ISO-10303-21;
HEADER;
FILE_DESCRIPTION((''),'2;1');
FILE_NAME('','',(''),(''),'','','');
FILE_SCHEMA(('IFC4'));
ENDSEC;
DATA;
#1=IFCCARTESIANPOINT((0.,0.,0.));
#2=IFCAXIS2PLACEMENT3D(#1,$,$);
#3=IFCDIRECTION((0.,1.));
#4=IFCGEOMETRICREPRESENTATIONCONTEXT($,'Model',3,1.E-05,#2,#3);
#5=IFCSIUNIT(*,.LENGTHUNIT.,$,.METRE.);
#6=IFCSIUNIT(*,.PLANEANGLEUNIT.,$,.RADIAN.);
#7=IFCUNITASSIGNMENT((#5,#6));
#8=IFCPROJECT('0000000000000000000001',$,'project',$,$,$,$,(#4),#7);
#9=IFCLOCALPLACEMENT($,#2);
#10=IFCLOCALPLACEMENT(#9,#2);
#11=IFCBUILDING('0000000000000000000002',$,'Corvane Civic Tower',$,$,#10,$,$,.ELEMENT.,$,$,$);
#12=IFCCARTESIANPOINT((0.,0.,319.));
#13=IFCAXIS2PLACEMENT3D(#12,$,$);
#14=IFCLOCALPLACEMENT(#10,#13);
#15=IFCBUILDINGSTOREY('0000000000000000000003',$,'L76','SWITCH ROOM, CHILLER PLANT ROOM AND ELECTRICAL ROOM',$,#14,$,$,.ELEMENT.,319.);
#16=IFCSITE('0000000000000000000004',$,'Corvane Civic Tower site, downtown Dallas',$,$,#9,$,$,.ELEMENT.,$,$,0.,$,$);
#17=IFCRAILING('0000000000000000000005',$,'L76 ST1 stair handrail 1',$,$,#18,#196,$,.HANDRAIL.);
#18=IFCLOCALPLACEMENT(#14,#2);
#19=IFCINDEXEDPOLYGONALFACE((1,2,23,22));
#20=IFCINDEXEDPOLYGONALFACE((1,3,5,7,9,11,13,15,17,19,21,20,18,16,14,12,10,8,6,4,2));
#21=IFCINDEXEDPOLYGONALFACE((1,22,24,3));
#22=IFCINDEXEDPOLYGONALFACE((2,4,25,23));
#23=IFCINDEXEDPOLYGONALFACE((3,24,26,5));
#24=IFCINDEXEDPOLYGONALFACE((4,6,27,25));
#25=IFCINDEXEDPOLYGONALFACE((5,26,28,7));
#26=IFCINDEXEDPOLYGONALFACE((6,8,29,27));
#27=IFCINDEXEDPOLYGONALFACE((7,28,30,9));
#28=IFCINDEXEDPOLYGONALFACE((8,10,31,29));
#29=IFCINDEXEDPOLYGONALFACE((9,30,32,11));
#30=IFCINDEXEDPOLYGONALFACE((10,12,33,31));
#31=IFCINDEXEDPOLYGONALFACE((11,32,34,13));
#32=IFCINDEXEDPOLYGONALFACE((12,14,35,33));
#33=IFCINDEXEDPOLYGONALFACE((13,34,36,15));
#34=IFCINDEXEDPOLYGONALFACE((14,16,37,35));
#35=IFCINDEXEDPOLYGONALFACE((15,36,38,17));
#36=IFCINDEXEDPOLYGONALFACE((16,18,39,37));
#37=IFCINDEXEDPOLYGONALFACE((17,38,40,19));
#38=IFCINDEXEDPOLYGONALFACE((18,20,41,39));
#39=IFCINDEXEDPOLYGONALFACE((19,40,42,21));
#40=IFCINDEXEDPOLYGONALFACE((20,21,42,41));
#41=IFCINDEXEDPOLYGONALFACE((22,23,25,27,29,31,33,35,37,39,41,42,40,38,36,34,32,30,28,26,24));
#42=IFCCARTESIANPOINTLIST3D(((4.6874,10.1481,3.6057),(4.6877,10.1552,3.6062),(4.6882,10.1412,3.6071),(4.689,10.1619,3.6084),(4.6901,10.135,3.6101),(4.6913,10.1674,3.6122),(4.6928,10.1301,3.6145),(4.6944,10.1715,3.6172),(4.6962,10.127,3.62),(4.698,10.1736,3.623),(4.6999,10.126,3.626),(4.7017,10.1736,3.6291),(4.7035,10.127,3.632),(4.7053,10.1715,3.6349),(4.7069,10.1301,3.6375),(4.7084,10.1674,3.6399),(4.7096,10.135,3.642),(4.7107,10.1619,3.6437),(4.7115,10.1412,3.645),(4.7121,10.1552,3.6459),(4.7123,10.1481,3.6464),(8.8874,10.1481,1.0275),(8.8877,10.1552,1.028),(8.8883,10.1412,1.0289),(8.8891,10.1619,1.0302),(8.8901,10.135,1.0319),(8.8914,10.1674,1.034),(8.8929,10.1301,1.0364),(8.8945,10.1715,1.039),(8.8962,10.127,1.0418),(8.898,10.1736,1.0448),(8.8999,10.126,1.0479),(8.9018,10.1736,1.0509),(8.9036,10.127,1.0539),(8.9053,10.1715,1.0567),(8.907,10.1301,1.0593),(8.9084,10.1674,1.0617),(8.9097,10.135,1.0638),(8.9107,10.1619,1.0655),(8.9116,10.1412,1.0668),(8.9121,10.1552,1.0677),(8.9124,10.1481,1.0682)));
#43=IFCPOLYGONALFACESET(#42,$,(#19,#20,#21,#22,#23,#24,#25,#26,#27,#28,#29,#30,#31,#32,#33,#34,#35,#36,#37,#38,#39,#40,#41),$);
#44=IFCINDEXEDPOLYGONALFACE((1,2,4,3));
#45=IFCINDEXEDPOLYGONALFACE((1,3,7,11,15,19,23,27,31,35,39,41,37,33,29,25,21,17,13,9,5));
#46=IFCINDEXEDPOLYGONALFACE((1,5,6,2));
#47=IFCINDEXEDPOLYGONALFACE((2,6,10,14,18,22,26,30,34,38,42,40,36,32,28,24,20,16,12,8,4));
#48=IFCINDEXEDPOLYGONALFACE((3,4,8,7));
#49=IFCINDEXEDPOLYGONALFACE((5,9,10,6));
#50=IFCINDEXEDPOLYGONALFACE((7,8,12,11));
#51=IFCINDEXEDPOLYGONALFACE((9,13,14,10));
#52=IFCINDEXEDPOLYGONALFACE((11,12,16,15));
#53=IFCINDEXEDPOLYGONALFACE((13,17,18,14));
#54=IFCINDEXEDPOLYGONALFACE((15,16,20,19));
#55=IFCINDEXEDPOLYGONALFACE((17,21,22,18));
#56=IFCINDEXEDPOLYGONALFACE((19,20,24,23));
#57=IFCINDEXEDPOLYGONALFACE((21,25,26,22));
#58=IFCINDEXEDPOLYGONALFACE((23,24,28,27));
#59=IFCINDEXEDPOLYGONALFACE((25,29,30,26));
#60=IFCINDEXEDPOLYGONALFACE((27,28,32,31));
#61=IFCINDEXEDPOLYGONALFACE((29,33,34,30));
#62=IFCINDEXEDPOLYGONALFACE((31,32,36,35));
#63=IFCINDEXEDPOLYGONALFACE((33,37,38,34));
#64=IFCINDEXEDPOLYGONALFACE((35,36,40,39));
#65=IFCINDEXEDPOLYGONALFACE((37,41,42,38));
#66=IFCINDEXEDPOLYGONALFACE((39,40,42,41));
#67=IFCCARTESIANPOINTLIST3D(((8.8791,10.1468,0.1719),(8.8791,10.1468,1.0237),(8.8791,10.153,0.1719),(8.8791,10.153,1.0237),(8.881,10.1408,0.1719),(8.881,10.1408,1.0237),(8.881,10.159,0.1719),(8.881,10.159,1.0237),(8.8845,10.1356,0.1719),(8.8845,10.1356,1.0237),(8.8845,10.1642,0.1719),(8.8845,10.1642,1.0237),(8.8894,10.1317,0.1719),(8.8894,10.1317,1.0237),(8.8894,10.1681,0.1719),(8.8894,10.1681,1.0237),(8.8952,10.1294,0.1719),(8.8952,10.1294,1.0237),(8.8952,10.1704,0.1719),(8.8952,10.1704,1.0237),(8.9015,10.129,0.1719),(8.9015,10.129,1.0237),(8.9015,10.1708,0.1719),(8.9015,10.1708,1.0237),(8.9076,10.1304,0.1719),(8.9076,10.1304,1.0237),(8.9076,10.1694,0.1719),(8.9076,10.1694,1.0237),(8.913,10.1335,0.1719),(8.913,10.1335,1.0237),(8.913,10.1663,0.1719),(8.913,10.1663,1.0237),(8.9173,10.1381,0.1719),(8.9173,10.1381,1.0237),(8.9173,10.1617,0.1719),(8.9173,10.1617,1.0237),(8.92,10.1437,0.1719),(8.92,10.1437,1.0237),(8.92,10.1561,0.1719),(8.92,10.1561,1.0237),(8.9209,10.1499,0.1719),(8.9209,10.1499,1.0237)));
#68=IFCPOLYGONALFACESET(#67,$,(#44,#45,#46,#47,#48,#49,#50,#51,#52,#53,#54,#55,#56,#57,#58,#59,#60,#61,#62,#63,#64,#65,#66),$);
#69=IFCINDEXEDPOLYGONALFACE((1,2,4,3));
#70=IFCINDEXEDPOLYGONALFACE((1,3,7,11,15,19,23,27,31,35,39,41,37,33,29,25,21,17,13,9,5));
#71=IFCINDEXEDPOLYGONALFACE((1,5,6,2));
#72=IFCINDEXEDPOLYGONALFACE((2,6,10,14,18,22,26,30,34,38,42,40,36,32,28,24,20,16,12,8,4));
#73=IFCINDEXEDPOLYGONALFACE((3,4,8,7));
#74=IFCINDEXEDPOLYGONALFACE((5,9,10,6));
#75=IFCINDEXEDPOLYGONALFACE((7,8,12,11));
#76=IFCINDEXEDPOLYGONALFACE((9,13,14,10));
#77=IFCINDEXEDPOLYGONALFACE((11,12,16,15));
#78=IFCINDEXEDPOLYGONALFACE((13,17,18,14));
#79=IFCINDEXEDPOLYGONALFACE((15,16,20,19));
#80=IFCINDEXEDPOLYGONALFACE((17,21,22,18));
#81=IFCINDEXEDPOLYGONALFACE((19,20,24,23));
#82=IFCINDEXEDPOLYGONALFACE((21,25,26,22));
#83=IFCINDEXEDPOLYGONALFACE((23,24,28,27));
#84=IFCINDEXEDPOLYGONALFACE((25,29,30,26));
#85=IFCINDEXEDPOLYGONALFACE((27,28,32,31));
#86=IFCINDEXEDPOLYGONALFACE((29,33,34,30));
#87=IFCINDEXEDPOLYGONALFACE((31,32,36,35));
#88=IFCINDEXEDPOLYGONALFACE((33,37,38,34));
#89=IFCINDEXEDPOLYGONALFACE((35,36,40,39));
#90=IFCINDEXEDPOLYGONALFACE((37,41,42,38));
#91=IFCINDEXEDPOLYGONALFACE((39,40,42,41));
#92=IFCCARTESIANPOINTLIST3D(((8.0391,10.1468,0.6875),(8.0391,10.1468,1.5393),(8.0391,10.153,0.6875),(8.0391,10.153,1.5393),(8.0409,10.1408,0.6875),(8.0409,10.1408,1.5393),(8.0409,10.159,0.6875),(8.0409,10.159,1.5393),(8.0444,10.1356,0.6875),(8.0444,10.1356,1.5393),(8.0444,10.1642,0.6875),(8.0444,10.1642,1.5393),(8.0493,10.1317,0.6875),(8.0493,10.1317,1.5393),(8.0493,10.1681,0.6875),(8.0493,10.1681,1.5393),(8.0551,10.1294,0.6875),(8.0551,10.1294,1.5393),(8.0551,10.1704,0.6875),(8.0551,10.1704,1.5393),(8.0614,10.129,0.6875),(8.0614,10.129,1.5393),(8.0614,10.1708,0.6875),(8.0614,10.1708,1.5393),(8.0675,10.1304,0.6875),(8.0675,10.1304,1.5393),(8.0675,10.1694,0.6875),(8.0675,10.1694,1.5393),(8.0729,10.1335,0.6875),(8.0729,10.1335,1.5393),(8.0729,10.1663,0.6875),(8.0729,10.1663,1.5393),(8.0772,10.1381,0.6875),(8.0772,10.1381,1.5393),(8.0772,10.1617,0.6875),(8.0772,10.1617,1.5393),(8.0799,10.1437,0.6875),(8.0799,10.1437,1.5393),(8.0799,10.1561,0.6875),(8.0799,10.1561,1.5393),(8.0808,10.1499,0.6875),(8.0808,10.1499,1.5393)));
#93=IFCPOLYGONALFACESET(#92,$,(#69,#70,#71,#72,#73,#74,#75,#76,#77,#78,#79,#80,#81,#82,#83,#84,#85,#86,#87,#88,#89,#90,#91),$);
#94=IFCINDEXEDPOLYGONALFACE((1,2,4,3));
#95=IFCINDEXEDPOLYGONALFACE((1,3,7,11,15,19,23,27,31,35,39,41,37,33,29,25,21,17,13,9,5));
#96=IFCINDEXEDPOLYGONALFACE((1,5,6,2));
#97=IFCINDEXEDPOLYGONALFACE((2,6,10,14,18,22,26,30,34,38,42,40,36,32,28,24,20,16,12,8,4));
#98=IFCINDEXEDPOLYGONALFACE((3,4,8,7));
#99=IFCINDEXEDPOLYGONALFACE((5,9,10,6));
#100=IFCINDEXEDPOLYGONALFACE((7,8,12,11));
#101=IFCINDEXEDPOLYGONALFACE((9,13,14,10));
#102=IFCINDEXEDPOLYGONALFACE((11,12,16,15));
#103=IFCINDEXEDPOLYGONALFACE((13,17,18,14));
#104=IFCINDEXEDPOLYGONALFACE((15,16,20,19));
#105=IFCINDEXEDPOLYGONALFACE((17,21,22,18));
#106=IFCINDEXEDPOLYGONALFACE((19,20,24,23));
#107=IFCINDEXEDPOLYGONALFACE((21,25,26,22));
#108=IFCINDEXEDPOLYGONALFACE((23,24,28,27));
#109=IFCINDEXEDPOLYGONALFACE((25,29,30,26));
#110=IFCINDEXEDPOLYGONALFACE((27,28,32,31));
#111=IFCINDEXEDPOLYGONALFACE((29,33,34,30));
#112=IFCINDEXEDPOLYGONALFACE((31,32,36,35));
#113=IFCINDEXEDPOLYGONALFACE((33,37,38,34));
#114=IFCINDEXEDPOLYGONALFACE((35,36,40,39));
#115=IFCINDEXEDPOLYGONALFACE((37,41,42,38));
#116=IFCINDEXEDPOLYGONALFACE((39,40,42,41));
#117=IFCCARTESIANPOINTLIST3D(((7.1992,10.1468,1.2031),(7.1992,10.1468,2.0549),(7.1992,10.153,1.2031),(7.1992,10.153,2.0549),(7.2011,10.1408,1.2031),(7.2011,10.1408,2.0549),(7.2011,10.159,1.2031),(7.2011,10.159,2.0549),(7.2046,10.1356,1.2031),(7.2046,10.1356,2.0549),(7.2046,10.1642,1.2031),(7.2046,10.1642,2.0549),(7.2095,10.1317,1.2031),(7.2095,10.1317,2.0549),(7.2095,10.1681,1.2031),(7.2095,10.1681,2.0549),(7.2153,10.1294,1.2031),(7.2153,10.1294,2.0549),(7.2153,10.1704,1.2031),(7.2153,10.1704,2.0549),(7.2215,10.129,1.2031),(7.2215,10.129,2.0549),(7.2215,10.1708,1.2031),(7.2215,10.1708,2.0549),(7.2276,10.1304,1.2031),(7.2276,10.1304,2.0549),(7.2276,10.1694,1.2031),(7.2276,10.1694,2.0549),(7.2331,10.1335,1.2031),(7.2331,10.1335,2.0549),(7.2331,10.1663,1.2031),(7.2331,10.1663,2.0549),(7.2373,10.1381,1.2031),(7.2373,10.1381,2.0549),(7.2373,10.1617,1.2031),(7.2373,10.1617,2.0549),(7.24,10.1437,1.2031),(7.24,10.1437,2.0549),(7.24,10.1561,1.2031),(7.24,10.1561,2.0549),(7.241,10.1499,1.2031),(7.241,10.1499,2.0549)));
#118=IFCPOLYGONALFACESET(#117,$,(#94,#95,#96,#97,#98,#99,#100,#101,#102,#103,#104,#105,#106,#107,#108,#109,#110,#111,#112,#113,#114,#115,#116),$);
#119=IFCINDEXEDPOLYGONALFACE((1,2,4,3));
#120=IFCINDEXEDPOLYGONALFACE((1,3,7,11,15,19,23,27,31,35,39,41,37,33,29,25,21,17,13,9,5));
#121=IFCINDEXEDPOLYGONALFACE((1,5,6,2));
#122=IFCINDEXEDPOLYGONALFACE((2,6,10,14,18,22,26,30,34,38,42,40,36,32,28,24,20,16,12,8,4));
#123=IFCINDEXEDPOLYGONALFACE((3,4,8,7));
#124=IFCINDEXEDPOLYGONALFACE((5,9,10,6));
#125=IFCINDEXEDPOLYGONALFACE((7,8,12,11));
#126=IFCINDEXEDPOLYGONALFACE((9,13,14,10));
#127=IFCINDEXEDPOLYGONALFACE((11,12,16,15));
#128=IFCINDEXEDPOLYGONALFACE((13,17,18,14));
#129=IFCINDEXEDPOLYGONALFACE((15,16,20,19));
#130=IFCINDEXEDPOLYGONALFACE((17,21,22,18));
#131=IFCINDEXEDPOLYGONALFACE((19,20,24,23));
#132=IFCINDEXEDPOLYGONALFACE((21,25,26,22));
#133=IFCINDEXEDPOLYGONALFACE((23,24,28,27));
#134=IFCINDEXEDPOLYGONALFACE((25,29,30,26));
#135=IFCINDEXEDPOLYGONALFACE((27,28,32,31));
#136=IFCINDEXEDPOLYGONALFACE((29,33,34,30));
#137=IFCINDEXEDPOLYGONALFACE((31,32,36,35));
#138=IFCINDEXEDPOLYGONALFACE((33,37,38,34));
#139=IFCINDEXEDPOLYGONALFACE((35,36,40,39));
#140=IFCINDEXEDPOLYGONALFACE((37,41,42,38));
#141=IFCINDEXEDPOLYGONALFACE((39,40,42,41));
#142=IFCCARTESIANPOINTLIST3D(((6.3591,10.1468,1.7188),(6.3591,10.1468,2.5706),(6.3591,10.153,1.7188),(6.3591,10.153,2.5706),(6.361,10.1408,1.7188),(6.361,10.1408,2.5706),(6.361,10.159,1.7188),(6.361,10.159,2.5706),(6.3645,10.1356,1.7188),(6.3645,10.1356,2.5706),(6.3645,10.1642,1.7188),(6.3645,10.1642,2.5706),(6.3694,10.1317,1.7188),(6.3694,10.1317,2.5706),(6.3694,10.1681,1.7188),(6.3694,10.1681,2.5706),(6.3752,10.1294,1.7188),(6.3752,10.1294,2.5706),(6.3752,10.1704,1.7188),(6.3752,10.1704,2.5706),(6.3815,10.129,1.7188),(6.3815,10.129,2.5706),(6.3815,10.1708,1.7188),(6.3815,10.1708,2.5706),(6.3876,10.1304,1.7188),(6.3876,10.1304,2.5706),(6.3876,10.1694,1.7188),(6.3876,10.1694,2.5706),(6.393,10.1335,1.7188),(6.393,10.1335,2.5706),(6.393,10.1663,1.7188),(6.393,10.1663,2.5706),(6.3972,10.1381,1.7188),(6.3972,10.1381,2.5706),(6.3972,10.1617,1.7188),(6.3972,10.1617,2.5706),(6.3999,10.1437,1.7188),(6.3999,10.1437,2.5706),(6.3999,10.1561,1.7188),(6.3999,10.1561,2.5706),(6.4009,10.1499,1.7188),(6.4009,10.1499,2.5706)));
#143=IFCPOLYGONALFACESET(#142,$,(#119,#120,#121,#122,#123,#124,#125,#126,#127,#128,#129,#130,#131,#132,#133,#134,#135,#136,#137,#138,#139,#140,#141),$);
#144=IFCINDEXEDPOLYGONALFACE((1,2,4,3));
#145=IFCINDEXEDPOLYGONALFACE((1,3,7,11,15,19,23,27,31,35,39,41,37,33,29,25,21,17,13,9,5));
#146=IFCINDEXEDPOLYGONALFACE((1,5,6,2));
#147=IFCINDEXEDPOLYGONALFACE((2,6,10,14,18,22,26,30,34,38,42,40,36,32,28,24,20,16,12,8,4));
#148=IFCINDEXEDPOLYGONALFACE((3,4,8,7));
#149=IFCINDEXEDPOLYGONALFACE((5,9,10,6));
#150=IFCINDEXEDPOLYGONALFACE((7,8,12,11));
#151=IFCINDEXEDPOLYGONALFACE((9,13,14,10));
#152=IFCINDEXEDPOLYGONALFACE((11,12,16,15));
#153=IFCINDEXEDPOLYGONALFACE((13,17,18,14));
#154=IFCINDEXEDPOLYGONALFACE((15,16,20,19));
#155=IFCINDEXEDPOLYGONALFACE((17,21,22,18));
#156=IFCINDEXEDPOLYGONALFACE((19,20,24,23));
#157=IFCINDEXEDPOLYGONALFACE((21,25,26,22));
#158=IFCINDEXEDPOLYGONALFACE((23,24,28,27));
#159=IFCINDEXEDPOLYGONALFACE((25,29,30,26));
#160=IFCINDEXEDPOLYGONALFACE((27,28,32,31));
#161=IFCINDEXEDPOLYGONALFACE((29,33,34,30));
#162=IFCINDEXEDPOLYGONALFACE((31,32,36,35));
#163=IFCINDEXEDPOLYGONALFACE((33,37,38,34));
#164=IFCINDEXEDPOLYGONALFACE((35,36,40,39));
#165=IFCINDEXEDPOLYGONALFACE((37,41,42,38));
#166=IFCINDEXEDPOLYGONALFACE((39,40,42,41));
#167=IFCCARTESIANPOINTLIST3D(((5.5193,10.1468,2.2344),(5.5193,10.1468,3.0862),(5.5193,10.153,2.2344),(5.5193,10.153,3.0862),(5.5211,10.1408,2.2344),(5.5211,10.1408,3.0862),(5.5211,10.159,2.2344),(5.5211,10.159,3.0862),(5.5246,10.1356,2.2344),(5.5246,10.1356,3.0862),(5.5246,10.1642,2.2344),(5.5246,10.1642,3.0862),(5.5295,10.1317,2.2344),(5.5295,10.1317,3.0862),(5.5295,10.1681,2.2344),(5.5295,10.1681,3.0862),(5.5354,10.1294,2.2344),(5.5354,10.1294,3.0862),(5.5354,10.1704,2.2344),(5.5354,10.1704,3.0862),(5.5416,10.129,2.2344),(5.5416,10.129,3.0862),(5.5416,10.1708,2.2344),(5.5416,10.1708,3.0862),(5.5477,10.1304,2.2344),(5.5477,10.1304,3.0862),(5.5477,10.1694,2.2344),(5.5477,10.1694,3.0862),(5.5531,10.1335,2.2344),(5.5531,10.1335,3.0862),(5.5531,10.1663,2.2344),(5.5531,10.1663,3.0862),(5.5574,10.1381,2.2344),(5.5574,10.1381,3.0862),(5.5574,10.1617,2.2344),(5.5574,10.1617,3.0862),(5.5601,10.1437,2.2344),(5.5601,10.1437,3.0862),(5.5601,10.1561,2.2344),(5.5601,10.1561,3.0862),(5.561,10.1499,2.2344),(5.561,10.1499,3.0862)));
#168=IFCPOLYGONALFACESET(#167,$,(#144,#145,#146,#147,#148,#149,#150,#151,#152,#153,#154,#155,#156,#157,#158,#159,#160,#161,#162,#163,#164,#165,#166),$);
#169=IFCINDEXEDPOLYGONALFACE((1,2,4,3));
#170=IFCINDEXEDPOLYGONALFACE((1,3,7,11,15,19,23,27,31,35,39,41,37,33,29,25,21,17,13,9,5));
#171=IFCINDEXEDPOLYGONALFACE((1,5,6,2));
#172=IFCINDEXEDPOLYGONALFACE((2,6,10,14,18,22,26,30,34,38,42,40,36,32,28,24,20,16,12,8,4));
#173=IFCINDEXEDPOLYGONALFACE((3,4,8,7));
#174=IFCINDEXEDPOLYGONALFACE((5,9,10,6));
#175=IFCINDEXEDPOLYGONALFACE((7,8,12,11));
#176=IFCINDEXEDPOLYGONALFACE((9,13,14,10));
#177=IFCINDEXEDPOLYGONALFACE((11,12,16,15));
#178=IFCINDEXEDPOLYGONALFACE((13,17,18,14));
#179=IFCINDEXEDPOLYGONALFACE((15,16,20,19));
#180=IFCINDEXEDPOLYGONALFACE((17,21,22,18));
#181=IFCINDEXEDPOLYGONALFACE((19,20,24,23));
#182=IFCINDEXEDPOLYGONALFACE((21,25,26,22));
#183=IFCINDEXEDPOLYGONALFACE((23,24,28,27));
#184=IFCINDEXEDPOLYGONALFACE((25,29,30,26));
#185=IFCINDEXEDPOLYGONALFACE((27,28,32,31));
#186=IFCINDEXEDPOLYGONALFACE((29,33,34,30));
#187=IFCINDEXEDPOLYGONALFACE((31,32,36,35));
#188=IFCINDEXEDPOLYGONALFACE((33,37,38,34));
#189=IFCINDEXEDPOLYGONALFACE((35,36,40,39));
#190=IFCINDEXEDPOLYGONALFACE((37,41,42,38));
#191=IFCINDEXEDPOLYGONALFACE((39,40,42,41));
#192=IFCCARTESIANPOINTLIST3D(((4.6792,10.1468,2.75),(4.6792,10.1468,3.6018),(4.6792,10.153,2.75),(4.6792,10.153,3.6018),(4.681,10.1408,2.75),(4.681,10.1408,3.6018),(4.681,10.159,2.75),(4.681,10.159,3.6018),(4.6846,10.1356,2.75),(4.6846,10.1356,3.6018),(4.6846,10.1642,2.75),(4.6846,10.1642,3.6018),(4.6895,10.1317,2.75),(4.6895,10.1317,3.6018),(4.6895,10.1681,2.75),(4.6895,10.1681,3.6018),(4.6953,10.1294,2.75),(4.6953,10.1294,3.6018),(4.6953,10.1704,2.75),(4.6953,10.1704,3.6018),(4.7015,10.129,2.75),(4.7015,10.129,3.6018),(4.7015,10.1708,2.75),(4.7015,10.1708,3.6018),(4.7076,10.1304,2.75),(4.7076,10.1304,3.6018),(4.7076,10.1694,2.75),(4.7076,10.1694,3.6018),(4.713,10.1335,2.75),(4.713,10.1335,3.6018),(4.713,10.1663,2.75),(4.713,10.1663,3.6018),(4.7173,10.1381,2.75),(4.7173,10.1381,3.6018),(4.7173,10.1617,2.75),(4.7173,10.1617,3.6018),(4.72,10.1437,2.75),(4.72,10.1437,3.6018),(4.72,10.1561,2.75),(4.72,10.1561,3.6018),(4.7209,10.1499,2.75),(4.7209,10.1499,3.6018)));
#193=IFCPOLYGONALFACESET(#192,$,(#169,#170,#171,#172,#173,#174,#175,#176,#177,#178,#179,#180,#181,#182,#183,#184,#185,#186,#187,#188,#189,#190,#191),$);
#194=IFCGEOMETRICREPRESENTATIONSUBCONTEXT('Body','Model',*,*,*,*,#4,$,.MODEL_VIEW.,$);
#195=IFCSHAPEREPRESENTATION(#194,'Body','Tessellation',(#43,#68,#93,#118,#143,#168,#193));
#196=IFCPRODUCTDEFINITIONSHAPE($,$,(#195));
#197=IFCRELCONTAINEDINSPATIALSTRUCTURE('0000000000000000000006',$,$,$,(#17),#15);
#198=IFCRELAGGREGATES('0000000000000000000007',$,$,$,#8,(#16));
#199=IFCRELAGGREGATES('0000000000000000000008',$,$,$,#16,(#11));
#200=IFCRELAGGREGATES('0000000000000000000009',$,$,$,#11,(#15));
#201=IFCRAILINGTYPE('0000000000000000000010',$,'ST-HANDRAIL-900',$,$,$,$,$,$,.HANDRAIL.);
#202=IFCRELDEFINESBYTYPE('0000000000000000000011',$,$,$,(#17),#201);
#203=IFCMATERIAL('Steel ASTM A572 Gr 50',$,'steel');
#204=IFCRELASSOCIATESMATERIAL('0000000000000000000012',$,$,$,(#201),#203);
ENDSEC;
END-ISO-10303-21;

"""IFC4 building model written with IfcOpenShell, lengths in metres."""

from ifc_helpers import new_model, si_unit, direction, frame, origin, origin_2d, place, context, subcontext, project, spatial, circle, extrude, material, type_object, element, save


model = new_model("IFC4")

# Units and contexts
model_context = context("Model", 3, precision=1e-05, world=origin(), true_north=direction((0.0, 1.0)))
body_context = subcontext(model_context, "Body", "Model", "MODEL_VIEW")
ifc_project = project(units=[si_unit("LENGTHUNIT", "METRE"), si_unit("PLANEANGLEUNIT", "RADIAN")], contexts=[model_context])

# Site, building, storey
site_placement = place(None, origin())
site = spatial("IfcSite", under=ifc_project, at=site_placement, Name="Corvane Civic Tower site, downtown Dallas", CompositionType="ELEMENT", RefElevation=0.0)
building_placement = place(site_placement, origin())
building = spatial("IfcBuilding", under=site, at=building_placement, Name="Corvane Civic Tower", CompositionType="ELEMENT")
storey_placement = place(building_placement, frame((0.0, 0.0, 319.0)))
storey = spatial("IfcBuildingStorey", under=building, at=storey_placement, Name="L76", Description="SWITCH ROOM, CHILLER PLANT ROOM AND ELECTRICAL ROOM", CompositionType="ELEMENT", Elevation=319.0)

# Railing
ifc_material_1 = material(Name="Steel ASTM A572 Gr 50", Category="steel")
railing_type_1 = type_object("IfcRailingType", Name="ST-HANDRAIL-900", PredefinedType="HANDRAIL", material=ifc_material_1)
railing_1_placement = place(storey_placement, frame((8.8999, 10.1499, 0.1719)))
element("IfcRailing", 1, at=railing_1_placement, inside=storey, type_object=railing_type_1, Name="L76 ST1 stair handrail 1", PredefinedType="HANDRAIL", context=body_context, shape_type="SweptSolid", body=[
    extrude(circle(Radius=0.0239, at=origin_2d()), frame((0.0, 0.0, 0.876), z_axis=(-0.852243, 0.0, 0.523146), x_axis=(0.0, -1.0, 0.0)), (0.0, 0.0, 1.0), 4.9282),
    extrude(circle(Radius=0.021, at=origin_2d()), origin(), (0.0, 0.0, 1.0), 0.8518),
    extrude(circle(Radius=0.021, at=origin_2d()), frame((-0.8401, 0.0, 0.5156)), (0.0, 0.0, 1.0), 0.8518),
    extrude(circle(Radius=0.021, at=origin_2d()), frame((-1.6799, 0.0, 1.0312)), (0.0, 0.0, 1.0), 0.8518),
    extrude(circle(Radius=0.021, at=origin_2d()), frame((-2.52, 0.0, 1.5469)), (0.0, 0.0, 1.0), 0.8518),
    extrude(circle(Radius=0.021, at=origin_2d()), frame((-3.3599, 0.0, 2.0625)), (0.0, 0.0, 1.0), 0.8518),
    extrude(circle(Radius=0.021, at=origin_2d()), frame((-4.2, 0.0, 2.5781)), (0.0, 0.0, 1.0), 0.8518),
])

save(model, "model.ifc")
